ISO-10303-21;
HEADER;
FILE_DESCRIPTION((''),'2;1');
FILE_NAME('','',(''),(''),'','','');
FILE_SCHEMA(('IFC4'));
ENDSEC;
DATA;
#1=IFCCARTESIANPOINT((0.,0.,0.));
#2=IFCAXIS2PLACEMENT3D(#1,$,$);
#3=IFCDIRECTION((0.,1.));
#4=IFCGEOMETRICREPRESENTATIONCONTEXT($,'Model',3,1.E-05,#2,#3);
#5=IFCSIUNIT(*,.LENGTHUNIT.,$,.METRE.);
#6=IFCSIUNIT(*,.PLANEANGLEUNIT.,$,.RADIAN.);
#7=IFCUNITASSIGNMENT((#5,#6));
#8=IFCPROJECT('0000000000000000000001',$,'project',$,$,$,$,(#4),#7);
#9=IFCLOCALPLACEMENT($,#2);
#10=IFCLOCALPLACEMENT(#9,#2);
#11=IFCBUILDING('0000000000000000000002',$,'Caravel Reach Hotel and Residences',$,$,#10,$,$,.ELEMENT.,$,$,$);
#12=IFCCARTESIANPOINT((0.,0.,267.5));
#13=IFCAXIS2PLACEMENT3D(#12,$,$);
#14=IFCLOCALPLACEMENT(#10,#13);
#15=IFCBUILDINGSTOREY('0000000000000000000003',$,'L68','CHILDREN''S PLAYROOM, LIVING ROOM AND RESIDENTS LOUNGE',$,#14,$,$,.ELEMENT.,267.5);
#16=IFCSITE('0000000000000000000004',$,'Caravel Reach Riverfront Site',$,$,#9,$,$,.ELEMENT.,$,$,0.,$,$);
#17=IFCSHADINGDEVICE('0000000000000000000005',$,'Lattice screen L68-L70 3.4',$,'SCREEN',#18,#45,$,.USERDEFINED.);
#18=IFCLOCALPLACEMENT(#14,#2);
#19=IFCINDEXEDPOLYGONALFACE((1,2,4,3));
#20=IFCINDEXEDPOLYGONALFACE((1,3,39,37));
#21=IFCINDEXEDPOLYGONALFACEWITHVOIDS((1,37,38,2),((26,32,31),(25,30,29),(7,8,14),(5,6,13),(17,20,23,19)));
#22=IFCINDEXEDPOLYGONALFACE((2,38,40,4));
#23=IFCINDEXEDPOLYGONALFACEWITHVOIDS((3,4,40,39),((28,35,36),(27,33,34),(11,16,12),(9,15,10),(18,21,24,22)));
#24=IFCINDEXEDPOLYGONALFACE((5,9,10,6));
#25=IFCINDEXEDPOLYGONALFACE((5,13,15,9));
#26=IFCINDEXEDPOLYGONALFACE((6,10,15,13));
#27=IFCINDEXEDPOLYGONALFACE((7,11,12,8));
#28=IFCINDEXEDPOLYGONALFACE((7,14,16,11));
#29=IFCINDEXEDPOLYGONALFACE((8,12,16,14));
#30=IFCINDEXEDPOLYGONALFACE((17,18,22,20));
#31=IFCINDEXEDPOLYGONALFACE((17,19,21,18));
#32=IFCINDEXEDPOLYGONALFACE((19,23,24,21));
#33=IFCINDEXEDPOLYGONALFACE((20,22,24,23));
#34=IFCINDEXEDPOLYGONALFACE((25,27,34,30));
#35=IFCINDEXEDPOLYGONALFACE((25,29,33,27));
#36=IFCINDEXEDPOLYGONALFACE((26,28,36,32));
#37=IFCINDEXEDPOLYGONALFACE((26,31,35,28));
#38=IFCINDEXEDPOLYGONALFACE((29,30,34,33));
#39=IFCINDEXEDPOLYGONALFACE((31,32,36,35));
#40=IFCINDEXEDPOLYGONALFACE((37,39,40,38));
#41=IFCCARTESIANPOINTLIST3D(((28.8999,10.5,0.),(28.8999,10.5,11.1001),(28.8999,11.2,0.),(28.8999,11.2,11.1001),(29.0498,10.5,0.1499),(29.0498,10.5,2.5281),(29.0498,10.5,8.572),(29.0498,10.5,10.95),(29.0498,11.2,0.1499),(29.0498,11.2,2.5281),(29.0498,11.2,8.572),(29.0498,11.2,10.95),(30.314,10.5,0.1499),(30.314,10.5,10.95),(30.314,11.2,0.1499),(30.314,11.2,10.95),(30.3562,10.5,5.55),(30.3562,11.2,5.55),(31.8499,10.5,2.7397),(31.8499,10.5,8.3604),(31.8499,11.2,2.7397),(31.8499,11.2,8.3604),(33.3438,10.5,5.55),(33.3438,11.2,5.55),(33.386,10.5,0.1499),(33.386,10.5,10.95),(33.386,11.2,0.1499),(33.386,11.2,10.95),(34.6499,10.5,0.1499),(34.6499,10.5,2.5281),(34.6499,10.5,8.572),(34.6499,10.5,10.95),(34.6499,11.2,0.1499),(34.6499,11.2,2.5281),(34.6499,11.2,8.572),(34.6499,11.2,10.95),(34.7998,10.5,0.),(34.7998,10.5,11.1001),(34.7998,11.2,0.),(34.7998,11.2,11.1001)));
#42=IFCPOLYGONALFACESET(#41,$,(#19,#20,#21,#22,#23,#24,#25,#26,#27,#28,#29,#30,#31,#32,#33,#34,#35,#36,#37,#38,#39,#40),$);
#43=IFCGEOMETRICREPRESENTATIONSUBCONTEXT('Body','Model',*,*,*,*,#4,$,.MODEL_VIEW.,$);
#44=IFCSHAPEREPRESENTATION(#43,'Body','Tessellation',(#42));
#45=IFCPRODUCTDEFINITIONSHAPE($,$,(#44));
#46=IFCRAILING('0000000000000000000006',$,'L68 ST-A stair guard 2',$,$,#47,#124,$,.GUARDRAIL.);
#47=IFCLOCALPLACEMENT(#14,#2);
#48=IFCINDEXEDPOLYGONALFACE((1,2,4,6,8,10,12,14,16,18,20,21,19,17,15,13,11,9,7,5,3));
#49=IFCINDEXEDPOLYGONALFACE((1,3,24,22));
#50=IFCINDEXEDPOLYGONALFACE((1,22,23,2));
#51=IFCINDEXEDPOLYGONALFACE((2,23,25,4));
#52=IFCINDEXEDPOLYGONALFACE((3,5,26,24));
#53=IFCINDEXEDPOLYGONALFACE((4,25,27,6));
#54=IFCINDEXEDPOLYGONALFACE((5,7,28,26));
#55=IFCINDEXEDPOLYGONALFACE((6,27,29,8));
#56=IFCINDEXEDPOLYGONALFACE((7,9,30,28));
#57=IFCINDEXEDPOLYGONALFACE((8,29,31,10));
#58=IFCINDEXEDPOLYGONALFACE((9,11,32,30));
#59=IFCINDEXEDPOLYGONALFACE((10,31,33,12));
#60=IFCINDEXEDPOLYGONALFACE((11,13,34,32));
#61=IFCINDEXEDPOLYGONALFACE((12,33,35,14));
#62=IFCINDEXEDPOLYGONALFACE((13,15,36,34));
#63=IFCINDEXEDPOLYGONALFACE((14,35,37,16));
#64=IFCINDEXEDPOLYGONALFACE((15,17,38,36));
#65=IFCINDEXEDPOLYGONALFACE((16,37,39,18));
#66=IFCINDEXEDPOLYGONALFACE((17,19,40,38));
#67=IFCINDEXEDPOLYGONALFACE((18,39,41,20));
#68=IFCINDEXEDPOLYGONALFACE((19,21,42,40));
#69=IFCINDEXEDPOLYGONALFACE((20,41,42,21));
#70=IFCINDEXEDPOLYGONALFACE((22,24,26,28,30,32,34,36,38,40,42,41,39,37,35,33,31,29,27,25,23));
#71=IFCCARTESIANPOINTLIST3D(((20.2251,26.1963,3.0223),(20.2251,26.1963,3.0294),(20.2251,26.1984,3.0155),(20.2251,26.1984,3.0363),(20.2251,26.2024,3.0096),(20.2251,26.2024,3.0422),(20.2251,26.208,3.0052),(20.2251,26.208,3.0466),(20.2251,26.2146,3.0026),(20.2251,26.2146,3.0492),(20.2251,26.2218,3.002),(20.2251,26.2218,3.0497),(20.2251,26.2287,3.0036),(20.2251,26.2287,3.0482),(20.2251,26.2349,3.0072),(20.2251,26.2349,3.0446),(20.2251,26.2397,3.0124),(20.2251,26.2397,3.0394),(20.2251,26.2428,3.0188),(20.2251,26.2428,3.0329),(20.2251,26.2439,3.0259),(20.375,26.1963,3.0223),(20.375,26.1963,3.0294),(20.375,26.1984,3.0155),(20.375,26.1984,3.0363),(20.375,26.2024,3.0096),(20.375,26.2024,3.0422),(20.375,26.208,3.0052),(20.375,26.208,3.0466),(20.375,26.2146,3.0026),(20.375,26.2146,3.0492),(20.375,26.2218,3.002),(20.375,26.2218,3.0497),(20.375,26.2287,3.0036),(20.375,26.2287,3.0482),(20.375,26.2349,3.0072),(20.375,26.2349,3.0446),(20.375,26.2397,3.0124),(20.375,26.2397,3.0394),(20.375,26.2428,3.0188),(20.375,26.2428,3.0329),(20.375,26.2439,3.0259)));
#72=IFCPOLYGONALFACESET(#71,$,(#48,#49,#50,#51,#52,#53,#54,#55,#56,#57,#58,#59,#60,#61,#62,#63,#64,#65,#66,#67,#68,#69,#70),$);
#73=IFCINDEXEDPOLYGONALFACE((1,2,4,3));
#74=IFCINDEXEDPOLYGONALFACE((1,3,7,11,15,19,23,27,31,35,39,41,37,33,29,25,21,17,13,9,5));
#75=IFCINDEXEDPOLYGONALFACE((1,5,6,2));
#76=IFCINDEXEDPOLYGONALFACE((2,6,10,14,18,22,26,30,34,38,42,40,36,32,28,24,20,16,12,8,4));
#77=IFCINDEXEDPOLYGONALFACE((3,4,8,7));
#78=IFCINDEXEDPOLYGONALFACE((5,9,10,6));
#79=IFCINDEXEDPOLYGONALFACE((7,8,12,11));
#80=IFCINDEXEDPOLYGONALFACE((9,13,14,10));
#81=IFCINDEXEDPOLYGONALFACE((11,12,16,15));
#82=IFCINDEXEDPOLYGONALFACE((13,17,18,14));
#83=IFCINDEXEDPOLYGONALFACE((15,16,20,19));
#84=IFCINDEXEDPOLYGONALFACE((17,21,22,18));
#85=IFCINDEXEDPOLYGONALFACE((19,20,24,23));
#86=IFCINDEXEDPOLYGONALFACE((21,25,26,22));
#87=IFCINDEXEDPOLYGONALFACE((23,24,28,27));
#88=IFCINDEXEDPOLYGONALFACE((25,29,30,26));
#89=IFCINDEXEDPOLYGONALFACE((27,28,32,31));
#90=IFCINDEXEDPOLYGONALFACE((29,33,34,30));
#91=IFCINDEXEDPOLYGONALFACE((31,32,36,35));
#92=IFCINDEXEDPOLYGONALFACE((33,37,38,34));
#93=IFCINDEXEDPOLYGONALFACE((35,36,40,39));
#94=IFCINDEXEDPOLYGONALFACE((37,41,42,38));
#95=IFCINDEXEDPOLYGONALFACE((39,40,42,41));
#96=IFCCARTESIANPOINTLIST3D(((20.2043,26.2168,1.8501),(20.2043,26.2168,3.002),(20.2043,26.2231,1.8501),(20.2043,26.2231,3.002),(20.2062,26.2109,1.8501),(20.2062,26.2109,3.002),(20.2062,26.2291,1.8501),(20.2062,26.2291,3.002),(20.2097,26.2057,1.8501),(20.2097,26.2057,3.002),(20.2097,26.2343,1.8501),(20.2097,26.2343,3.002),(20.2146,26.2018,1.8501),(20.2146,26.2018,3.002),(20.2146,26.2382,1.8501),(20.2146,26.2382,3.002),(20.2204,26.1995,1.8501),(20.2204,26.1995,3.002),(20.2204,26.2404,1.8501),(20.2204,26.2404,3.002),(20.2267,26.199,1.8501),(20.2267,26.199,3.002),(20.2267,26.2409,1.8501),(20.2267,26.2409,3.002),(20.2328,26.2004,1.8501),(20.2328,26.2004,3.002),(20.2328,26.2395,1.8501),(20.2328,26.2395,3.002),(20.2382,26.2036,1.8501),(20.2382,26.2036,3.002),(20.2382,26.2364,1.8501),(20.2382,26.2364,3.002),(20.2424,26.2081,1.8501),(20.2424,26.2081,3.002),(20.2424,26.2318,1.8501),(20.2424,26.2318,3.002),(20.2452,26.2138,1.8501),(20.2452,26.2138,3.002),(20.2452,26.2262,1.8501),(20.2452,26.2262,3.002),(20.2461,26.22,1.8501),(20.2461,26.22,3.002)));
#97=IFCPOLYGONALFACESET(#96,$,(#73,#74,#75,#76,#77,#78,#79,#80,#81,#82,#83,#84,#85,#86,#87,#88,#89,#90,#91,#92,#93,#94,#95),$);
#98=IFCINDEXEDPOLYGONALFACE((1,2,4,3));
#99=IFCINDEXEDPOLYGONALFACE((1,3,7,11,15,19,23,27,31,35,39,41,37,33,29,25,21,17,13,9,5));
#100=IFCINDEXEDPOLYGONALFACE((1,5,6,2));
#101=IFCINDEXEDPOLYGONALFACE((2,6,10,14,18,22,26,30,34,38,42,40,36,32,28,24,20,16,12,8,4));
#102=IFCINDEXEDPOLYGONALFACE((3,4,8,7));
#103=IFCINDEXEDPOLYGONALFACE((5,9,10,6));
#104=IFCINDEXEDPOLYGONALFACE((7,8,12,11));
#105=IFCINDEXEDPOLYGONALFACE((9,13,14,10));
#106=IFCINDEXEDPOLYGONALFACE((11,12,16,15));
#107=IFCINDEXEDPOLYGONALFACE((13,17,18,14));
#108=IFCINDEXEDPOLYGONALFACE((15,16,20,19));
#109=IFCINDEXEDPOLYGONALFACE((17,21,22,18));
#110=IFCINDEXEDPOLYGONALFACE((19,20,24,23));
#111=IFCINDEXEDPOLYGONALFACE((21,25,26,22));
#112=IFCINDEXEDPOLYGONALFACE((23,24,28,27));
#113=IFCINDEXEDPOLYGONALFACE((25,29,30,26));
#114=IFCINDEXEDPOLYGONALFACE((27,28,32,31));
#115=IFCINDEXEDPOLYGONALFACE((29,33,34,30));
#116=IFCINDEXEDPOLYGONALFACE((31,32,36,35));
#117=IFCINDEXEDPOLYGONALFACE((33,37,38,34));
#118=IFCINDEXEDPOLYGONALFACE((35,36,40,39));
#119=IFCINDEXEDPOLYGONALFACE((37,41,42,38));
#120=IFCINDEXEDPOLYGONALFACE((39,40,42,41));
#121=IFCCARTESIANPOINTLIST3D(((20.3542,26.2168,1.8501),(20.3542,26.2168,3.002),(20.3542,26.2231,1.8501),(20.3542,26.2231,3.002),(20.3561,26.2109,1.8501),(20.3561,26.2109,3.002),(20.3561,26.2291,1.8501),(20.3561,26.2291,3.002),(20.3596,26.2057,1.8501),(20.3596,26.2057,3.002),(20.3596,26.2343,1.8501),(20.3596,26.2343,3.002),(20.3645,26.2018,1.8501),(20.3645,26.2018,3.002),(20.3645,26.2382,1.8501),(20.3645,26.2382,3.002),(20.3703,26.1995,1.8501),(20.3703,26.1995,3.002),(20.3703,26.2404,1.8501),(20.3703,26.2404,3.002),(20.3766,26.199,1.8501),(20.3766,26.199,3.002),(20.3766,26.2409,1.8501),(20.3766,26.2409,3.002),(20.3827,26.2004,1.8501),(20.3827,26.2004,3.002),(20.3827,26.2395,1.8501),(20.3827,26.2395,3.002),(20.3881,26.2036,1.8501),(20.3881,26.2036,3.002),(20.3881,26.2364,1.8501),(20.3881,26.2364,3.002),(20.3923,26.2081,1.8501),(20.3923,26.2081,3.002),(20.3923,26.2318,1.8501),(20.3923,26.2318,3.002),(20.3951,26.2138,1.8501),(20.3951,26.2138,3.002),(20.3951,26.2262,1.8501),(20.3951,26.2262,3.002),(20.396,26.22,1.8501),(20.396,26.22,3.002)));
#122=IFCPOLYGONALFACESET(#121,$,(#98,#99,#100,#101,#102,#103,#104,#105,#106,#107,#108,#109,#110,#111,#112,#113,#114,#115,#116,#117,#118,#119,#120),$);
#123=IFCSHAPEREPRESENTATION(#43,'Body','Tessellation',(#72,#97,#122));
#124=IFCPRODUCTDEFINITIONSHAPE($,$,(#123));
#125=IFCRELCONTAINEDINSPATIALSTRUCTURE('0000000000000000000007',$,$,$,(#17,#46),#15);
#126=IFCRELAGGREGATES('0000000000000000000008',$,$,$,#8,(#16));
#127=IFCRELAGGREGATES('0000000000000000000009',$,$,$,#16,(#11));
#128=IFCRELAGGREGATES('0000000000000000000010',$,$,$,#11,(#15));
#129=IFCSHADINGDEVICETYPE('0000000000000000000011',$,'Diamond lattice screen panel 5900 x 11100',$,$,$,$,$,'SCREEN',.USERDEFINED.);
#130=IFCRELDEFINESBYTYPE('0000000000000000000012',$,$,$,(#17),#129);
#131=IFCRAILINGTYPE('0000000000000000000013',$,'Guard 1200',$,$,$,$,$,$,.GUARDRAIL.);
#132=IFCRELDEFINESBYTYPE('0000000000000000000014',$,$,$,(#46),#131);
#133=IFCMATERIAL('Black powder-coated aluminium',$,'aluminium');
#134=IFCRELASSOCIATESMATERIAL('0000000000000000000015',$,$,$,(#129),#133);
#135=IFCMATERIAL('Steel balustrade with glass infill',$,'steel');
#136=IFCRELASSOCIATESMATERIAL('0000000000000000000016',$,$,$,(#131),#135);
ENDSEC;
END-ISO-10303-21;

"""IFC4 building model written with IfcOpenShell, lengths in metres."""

from ifc_helpers import new_model, si_unit, direction, frame, origin, origin_2d, place, context, subcontext, project, spatial, polyline, circle, outline, extrude, material, type_object, element, save


model = new_model("IFC4")

# Units and contexts
model_context = context("Model", 3, precision=1e-05, world=origin(), true_north=direction((0.0, 1.0)))
body_context = subcontext(model_context, "Body", "Model", "MODEL_VIEW")
ifc_project = project(units=[si_unit("LENGTHUNIT", "METRE"), si_unit("PLANEANGLEUNIT", "RADIAN")], contexts=[model_context])

# Site, building, storey
site_placement = place(None, origin())
site = spatial("IfcSite", under=ifc_project, at=site_placement, Name="Caravel Reach Riverfront Site", CompositionType="ELEMENT", RefElevation=0.0)
building_placement = place(site_placement, origin())
building = spatial("IfcBuilding", under=site, at=building_placement, Name="Caravel Reach Hotel and Residences", CompositionType="ELEMENT")
storey_placement = place(building_placement, frame((0.0, 0.0, 267.5)))
storey = spatial("IfcBuildingStorey", under=building, at=storey_placement, Name="L68", Description="CHILDREN'S PLAYROOM, LIVING ROOM AND RESIDENTS LOUNGE", CompositionType="ELEMENT", Elevation=267.5)

# Shading device
ifc_material_1 = material(Name="Black powder-coated aluminium", Category="aluminium")
shading_device_type = type_object("IfcShadingDeviceType", Name="Diamond lattice screen panel 5900 x 11100", ElementType="SCREEN", PredefinedType="USERDEFINED", material=ifc_material_1)
for number, where, z_axis, x_axis, name in (
    (1, (28.8999, 11.2, 0.0), (0.0, -1.0, 0.0), (1.0, 0.0, 0.0), "Lattice screen L68-L70 3.4"),
):
    element("IfcShadingDevice", number, at=place(storey_placement, frame(where, z_axis=z_axis, x_axis=x_axis)), inside=storey, type_object=shading_device_type, Name=name, ObjectType="SCREEN", PredefinedType="USERDEFINED", context=body_context, shape_type="SweptSolid", body=[
        extrude(outline(polyline([(0.0, 0.0), (5.8999, 0.0), (5.8999, 11.1001), (0.0, 11.1001), (0.0, 0.0)]), holes=[polyline([(1.4141, 0.1499), (0.1499, 2.5281), (0.1499, 0.1499), (1.4141, 0.1499)]), polyline([(0.1499, 8.572), (1.4141, 10.95), (0.1499, 10.95), (0.1499, 8.572)]), polyline([(2.95, 8.3604), (1.4563, 5.55), (2.95, 2.7397), (4.4438, 5.55), (2.95, 8.3604)]), polyline([(5.75, 2.5281), (4.4861, 0.1499), (5.75, 0.1499), (5.75, 2.5281)]), polyline([(4.4861, 10.95), (5.75, 8.572), (5.75, 10.95), (4.4861, 10.95)])]), origin(), (0.0, 0.0, 1.0), 0.7),
    ])

# Railing
ifc_material_2 = material(Name="Steel balustrade with glass infill", Category="steel")
railing_type = type_object("IfcRailingType", Name="Guard 1200", PredefinedType="GUARDRAIL", material=ifc_material_2)
railing_1_placement = place(storey_placement, frame((20.2251, 26.22, 1.8501)))
element("IfcRailing", 2, at=railing_1_placement, inside=storey, type_object=railing_type, Name="L68 ST-A stair guard 2", PredefinedType="GUARDRAIL", context=body_context, shape_type="SweptSolid", body=[
    extrude(circle(Radius=0.0239, at=origin_2d()), frame((0.0, 0.0, 1.1758), z_axis=(1.0, 0.0, 0.0), x_axis=(0.0, 1.0, 0.0)), (0.0, 0.0, 1.0), 0.1499),
    extrude(circle(Radius=0.021, at=origin_2d()), origin(), (0.0, 0.0, 1.0), 1.1519),
    extrude(circle(Radius=0.021, at=origin_2d()), frame((0.1499, 0.0, 0.0)), (0.0, 0.0, 1.0), 1.1519),
])

save(model, "model.ifc")
